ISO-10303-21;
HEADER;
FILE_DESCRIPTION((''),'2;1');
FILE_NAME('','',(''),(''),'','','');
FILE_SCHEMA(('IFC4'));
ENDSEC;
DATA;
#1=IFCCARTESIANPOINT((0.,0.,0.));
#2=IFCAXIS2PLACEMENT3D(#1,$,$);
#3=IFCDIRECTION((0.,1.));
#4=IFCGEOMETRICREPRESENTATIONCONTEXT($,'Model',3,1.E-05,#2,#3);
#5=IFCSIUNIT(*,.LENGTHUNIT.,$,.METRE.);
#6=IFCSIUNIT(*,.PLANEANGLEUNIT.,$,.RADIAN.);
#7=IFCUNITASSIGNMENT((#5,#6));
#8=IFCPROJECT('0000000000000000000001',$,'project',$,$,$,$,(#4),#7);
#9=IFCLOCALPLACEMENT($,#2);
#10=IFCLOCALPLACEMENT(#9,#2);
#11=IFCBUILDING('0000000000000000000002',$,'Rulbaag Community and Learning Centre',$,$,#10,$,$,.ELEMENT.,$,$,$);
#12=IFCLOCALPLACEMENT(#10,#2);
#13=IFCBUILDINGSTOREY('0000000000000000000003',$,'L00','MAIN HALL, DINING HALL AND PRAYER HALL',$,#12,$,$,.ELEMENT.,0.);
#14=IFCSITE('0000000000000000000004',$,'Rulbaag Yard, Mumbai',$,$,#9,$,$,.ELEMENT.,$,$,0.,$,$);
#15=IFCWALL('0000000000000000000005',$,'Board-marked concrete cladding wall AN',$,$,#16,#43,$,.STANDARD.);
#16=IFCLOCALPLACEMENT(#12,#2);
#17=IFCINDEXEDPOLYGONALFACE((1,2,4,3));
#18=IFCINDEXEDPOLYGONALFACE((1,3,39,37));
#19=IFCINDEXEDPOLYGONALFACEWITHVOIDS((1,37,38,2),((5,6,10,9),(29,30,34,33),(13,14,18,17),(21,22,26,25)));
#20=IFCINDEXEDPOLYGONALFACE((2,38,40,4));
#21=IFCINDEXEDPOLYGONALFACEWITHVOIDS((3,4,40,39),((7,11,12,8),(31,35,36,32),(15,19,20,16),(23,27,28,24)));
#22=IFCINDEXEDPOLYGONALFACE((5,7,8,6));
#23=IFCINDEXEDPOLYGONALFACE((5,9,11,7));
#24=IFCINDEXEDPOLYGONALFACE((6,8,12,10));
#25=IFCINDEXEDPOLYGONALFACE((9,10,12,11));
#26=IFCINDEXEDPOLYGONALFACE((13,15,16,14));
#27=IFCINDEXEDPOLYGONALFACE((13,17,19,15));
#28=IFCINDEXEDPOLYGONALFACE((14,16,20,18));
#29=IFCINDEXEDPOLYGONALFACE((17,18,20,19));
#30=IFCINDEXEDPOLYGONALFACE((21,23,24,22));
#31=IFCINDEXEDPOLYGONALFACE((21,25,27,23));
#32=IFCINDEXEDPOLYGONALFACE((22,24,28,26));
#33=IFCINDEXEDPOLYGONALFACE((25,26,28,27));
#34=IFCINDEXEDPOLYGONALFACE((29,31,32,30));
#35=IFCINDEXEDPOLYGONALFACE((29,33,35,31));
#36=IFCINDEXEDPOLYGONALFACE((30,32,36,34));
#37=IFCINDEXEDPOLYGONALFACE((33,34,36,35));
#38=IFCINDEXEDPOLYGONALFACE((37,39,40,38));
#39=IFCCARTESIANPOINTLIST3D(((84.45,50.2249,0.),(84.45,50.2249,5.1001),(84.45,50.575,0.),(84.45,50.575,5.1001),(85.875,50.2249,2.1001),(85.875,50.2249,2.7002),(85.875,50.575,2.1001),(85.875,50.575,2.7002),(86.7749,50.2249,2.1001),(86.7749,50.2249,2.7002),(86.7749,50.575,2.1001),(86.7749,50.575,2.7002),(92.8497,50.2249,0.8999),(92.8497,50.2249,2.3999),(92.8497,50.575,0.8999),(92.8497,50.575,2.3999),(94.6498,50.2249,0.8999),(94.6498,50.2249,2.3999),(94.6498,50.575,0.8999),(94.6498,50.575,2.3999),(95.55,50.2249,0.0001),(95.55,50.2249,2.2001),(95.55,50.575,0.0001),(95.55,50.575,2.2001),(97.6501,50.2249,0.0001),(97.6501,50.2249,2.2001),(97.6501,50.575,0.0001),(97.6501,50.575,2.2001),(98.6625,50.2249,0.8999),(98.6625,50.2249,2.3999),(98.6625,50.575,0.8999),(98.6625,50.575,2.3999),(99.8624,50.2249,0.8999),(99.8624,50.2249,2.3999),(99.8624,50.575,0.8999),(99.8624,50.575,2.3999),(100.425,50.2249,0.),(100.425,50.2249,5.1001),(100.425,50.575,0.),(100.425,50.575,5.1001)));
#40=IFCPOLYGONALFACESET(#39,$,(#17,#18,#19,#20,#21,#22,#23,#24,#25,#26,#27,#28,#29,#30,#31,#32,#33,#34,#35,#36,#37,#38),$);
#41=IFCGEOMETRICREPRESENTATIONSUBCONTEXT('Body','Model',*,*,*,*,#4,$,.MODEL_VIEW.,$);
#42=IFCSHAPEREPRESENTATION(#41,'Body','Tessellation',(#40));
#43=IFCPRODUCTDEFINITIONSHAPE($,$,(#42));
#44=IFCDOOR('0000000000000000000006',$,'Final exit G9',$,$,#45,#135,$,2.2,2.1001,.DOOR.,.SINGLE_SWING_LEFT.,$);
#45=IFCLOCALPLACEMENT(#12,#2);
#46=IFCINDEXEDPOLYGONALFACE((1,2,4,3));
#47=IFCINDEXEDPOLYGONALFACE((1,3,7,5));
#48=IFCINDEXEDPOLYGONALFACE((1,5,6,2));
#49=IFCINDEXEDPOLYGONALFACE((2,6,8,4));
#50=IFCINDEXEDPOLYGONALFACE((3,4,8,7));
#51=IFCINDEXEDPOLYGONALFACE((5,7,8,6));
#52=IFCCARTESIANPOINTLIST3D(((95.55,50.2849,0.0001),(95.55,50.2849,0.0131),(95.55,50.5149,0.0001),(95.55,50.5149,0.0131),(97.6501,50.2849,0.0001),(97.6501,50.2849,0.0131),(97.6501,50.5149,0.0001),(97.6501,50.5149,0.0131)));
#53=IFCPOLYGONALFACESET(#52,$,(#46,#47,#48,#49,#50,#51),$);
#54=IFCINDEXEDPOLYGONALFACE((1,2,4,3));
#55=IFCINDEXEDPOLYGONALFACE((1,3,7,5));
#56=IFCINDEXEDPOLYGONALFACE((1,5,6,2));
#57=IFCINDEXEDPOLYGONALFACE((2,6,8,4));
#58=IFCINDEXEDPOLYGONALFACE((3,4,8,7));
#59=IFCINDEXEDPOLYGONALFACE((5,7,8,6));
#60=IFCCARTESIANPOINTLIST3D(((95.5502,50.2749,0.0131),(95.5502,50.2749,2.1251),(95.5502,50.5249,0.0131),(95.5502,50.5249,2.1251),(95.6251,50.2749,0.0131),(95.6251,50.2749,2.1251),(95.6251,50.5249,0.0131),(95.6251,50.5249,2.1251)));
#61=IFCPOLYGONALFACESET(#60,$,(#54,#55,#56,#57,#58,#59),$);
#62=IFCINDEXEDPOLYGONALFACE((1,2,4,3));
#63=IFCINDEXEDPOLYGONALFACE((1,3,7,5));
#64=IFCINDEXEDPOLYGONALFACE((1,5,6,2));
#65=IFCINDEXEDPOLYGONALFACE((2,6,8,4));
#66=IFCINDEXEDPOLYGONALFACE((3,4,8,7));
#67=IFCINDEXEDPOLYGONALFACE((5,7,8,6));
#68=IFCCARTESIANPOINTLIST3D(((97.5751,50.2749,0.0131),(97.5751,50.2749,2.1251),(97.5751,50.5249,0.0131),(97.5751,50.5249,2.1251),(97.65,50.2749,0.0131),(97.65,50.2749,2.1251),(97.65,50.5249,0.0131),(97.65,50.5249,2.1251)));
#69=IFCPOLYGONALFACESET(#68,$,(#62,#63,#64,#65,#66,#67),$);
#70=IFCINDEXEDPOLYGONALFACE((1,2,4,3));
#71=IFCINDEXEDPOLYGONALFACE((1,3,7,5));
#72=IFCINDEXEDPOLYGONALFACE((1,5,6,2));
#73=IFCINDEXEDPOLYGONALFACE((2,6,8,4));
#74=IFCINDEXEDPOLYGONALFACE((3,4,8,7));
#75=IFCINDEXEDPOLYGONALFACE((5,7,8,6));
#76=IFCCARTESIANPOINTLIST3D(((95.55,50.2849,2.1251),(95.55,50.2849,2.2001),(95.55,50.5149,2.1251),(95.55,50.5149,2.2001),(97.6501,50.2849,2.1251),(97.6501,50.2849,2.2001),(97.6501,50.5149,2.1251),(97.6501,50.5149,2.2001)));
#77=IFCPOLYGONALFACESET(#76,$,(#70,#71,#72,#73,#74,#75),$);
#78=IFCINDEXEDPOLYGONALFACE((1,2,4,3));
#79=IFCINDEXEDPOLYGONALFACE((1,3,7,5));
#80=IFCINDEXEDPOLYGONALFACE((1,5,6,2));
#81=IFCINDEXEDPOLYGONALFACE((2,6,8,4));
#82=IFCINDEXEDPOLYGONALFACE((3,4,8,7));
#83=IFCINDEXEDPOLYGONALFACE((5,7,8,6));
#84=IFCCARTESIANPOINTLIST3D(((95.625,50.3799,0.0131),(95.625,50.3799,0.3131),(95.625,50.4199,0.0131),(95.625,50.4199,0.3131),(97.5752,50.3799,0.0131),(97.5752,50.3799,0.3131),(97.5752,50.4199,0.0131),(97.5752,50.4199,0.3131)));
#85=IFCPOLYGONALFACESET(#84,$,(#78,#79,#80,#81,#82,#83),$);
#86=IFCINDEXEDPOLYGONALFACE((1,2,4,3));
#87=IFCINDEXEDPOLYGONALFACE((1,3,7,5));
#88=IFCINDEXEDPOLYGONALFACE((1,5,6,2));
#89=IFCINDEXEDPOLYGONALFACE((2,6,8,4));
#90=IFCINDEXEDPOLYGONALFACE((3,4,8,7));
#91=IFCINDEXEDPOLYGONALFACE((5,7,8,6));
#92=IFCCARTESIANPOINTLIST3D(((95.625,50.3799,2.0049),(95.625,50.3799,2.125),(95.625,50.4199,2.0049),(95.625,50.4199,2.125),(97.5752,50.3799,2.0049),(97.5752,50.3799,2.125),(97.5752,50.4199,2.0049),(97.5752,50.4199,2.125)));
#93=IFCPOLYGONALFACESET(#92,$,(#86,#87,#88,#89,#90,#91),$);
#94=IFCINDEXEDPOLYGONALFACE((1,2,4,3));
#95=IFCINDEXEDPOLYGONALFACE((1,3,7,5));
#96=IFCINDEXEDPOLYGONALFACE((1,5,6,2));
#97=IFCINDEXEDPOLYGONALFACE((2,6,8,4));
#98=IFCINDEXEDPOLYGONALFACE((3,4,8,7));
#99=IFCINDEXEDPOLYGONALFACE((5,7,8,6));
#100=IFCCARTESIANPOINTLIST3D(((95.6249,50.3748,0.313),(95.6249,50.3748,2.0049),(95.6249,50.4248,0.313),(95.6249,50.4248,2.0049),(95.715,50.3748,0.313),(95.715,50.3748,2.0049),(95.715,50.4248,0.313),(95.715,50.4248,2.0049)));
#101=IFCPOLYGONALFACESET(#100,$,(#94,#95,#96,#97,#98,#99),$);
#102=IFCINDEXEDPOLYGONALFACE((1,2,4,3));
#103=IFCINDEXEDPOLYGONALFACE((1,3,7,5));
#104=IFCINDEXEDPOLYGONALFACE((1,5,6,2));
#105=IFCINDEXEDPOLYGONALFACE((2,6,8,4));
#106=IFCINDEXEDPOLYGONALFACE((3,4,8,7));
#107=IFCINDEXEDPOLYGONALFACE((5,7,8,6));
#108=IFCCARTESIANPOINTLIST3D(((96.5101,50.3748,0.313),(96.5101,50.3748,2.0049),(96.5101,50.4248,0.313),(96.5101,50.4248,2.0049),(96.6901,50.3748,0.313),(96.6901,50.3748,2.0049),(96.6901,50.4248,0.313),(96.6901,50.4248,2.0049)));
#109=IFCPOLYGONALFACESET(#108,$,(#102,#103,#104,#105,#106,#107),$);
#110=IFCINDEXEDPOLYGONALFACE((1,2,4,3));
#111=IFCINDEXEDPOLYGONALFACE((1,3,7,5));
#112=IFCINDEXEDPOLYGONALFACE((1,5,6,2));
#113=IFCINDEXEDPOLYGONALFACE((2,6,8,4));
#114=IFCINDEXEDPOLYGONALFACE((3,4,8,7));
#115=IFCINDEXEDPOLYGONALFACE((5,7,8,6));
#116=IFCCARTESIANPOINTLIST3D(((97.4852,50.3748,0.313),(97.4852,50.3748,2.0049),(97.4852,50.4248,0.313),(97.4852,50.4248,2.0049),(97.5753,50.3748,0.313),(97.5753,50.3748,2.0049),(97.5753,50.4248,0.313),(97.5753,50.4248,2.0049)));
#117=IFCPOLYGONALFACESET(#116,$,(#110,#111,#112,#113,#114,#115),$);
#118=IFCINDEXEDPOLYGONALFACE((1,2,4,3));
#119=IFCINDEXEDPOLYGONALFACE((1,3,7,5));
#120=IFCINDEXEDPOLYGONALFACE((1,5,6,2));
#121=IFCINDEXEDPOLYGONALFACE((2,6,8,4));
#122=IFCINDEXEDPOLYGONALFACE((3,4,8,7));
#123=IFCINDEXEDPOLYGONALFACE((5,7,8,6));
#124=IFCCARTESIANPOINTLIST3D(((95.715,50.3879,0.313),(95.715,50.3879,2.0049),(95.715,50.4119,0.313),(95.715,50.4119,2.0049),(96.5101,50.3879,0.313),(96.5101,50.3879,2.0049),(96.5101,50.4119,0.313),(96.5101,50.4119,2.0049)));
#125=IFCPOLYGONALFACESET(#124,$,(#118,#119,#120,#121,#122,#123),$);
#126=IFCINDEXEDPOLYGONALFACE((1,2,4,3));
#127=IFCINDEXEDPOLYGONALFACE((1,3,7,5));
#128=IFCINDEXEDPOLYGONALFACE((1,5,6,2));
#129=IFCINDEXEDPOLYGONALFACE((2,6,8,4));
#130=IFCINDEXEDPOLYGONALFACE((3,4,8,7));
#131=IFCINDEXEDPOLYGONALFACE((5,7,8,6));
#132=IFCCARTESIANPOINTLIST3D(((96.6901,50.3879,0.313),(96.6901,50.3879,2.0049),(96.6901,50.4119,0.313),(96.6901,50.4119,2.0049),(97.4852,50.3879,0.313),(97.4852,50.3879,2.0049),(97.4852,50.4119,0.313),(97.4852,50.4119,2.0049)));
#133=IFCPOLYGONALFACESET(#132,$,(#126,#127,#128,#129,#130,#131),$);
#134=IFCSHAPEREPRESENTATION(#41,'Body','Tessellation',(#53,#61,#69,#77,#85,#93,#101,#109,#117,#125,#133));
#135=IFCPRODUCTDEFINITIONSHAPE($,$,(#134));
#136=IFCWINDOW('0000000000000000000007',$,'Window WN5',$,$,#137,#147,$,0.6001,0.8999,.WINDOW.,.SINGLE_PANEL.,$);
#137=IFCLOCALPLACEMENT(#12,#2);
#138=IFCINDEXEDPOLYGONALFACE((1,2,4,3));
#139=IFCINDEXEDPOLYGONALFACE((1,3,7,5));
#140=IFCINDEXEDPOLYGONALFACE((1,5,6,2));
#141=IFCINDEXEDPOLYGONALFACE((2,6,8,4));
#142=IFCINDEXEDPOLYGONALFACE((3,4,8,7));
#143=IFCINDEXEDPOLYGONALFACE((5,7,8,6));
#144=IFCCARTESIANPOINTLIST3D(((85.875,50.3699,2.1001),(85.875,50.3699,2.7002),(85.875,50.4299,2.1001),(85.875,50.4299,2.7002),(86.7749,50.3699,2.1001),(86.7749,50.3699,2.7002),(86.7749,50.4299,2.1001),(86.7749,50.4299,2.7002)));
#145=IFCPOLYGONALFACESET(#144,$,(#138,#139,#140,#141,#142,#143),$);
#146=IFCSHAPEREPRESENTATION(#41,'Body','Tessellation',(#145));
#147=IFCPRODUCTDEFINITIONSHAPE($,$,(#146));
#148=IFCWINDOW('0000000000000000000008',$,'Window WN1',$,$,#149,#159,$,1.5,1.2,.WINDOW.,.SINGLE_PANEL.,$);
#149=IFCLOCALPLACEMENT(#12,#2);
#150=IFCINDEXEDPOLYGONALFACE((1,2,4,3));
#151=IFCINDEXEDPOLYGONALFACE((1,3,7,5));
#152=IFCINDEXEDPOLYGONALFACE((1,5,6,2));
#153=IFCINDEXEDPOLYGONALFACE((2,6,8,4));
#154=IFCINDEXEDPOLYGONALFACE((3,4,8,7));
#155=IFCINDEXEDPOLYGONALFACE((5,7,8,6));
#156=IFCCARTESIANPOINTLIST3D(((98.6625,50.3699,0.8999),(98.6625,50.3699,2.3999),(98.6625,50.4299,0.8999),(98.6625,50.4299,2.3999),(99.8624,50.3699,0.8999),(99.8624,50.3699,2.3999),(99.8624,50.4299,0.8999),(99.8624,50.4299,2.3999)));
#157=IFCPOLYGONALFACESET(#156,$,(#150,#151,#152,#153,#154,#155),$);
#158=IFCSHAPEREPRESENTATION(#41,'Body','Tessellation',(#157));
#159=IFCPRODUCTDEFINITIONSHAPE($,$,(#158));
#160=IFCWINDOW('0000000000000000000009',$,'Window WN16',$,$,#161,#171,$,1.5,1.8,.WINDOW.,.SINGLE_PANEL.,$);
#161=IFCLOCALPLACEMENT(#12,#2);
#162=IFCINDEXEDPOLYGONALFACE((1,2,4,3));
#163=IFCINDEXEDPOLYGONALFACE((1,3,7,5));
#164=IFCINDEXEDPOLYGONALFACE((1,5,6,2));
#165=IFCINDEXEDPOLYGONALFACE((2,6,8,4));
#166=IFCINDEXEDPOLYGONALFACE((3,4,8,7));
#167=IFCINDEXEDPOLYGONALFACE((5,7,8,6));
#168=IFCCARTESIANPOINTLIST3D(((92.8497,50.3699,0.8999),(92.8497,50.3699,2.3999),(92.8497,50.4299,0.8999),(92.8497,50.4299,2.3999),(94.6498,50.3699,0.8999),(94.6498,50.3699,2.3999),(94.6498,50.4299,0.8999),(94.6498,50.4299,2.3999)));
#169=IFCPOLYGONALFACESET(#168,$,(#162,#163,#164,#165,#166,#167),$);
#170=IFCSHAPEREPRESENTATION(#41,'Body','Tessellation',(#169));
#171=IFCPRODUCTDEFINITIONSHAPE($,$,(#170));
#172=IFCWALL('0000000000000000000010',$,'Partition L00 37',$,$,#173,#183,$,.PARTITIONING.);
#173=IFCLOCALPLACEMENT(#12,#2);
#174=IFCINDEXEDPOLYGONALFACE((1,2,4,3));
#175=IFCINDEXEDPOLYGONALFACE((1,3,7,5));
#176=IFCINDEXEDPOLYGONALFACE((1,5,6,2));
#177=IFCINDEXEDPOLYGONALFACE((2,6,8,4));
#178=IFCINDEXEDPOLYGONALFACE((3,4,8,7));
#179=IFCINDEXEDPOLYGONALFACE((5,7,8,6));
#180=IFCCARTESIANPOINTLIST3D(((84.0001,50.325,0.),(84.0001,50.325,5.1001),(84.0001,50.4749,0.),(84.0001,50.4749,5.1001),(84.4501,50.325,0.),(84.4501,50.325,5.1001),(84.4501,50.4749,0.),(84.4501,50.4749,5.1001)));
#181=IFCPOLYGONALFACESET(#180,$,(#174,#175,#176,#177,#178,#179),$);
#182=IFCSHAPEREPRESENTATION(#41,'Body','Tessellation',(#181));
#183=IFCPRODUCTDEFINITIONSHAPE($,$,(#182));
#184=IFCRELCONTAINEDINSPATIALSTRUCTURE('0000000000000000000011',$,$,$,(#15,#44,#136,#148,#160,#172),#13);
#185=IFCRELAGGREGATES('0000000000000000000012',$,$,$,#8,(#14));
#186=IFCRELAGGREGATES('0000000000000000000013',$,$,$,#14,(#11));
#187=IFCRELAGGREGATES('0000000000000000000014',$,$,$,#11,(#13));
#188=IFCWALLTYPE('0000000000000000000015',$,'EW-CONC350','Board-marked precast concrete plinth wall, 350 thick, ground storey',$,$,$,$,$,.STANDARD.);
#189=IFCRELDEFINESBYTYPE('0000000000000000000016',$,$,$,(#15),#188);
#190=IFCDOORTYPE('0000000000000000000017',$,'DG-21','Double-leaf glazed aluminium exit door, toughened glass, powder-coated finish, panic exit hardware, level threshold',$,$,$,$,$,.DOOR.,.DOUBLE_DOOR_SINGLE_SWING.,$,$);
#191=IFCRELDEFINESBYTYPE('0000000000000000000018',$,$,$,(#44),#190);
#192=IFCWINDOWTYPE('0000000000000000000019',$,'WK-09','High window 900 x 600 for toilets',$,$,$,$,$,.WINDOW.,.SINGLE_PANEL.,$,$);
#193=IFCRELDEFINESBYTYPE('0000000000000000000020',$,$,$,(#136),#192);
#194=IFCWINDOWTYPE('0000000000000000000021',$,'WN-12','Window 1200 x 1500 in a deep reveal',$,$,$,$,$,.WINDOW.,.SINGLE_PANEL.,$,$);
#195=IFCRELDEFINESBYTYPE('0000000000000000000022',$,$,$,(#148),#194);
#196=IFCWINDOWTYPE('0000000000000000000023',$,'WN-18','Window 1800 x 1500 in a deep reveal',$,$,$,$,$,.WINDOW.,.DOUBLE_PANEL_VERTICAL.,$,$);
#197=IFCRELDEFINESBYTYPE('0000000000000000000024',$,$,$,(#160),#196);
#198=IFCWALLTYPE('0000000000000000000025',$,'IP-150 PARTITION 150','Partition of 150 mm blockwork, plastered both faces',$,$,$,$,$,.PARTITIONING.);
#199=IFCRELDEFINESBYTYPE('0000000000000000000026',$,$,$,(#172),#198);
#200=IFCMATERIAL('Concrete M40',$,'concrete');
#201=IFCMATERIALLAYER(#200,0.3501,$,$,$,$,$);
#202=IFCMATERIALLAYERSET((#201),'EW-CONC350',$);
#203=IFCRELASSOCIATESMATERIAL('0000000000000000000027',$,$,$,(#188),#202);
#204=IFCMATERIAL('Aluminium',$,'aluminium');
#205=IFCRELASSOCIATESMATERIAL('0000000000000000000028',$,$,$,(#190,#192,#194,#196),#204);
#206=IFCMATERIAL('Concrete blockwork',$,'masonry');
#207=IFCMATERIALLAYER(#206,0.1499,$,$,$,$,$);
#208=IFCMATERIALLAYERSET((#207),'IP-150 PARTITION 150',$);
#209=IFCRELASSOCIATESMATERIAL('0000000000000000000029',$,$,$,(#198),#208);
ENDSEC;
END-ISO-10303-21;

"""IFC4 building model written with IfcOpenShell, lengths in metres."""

from ifc_helpers import new_model, si_unit, direction, frame, frame_2d, origin, place, context, subcontext, project, spatial, rectangle, extrude, material, layer, layer_set, type_object, element, fill, save


model = new_model("IFC4")

# Units and contexts
model_context = context("Model", 3, precision=1e-05, world=origin(), true_north=direction((0.0, 1.0)))
body_context = subcontext(model_context, "Body", "Model", "MODEL_VIEW")
ifc_project = project(units=[si_unit("LENGTHUNIT", "METRE"), si_unit("PLANEANGLEUNIT", "RADIAN")], contexts=[model_context])

# Site, building, storey
site_placement = place(None, origin())
site = spatial("IfcSite", under=ifc_project, at=site_placement, Name="Rulbaag Yard, Mumbai", CompositionType="ELEMENT", RefElevation=0.0)
building_placement = place(site_placement, origin())
building = spatial("IfcBuilding", under=site, at=building_placement, Name="Rulbaag Community and Learning Centre", CompositionType="ELEMENT")
storey_placement = place(building_placement, origin())
storey = spatial("IfcBuildingStorey", under=building, at=storey_placement, Name="L00", Description="MAIN HALL, DINING HALL AND PRAYER HALL", CompositionType="ELEMENT", Elevation=0.0)

# Shared definitions
ifc_material_1 = material(Name="Concrete M40", Category="concrete")

# Wall, openings, door, windows
ifc_layer_1 = layer(ifc_material_1, 0.3501)
ifc_layer_set_1 = layer_set([ifc_layer_1], Name="EW-CONC350")
wall_type_1 = type_object("IfcWallType", Name="EW-CONC350", Description="Board-marked precast concrete plinth wall, 350 thick, ground storey", PredefinedType="STANDARD", material=ifc_layer_set_1)
wall_1_placement = place(storey_placement, frame((84.45, 50.3999, 0.0), z_axis=(0.0, 0.0, 1.0), x_axis=(1.0, 0.0, 0.0)))
wall_1 = element("IfcWall", 1, at=wall_1_placement, inside=storey, type_object=wall_type_1, Name="Board-marked concrete cladding wall AN", PredefinedType="STANDARD", context=body_context, shape_type="SweptSolid", body=[
    extrude(rectangle(XDim=15.9751, YDim=0.3501, at=frame_2d((7.9875, 0.0))), origin(), (0.0, 0.0, 1.0), 5.1001),
])
opening_1_placement = place(wall_1_placement, frame((11.1001, 0.0, 0.0)))
opening_1 = element("IfcOpeningElement", 2, at=opening_1_placement, cuts=wall_1, PredefinedType="OPENING", context=body_context, shape_type="SweptSolid", body=[
    extrude(rectangle(XDim=2.1001, YDim=2.2, at=frame_2d((1.05, 1.1001))), frame((0.0, 0.1851, 0.0), z_axis=(0.0, -1.0, 0.0), x_axis=(1.0, 0.0, 0.0)), (0.0, 0.0, 1.0), 0.3701),
])
opening_2_placement = place(wall_1_placement, frame((1.425, 0.0, 2.1001)))
opening_2 = element("IfcOpeningElement", 3, at=opening_2_placement, cuts=wall_1, PredefinedType="OPENING", context=body_context, shape_type="SweptSolid", body=[
    extrude(rectangle(XDim=0.8999, YDim=0.6001, at=frame_2d((0.45, 0.3))), frame((0.0, 0.1851, 0.0), z_axis=(0.0, -1.0, 0.0), x_axis=(1.0, 0.0, 0.0)), (0.0, 0.0, 1.0), 0.3701),
])
opening_3_placement = place(wall_1_placement, frame((8.3999, 0.0, 0.8999)))
opening_3 = element("IfcOpeningElement", 4, at=opening_3_placement, cuts=wall_1, PredefinedType="OPENING", context=body_context, shape_type="SweptSolid", body=[
    extrude(rectangle(XDim=1.8, YDim=1.5, at=frame_2d((0.8999, 0.75))), frame((0.0, 0.1851, 0.0), z_axis=(0.0, -1.0, 0.0), x_axis=(1.0, 0.0, 0.0)), (0.0, 0.0, 1.0), 0.3701),
])
opening_4_placement = place(wall_1_placement, frame((14.2124, 0.0, 0.8999)))
opening_4 = element("IfcOpeningElement", 5, at=opening_4_placement, cuts=wall_1, PredefinedType="OPENING", context=body_context, shape_type="SweptSolid", body=[
    extrude(rectangle(XDim=1.2, YDim=1.5, at=frame_2d((0.6001, 0.75))), frame((0.0, 0.1851, 0.0), z_axis=(0.0, -1.0, 0.0), x_axis=(1.0, 0.0, 0.0)), (0.0, 0.0, 1.0), 0.3701),
])
ifc_material_2 = material(Name="Aluminium", Category="aluminium")
door_type = type_object("IfcDoorType", Name="DG-21", Description="Double-leaf glazed aluminium exit door, toughened glass, powder-coated finish, panic exit hardware, level threshold", OperationType="DOUBLE_DOOR_SINGLE_SWING", PredefinedType="DOOR", material=ifc_material_2)
door_placement = place(opening_1_placement, origin())
door = element("IfcDoor", 6, at=door_placement, inside=storey, type_object=door_type, Name="Final exit G9", OperationType="SINGLE_SWING_LEFT", OverallHeight=2.2, OverallWidth=2.1001, PredefinedType="DOOR", context=body_context, shape_type="SweptSolid", body=[
    extrude(rectangle(XDim=2.1001, YDim=0.0129, at=frame_2d((1.05, 0.0066))), frame((0.0, 0.115, 0.0), z_axis=(0.0, -1.0, 0.0), x_axis=(1.0, 0.0, 0.0)), (0.0, 0.0, 1.0), 0.23),
    extrude(rectangle(XDim=0.075, YDim=2.1121, at=frame_2d((0.0376, 1.0691))), frame((0.0, 0.125, 0.0), z_axis=(0.0, -1.0, 0.0), x_axis=(1.0, 0.0, 0.0)), (0.0, 0.0, 1.0), 0.25),
    extrude(rectangle(XDim=0.075, YDim=2.1121, at=frame_2d((2.0625, 1.0691))), frame((0.0, 0.125, 0.0), z_axis=(0.0, -1.0, 0.0), x_axis=(1.0, 0.0, 0.0)), (0.0, 0.0, 1.0), 0.25),
    extrude(rectangle(XDim=2.1001, YDim=0.075, at=frame_2d((1.05, 2.1626))), frame((0.0, 0.115, 0.0), z_axis=(0.0, -1.0, 0.0), x_axis=(1.0, 0.0, 0.0)), (0.0, 0.0, 1.0), 0.23),
    extrude(rectangle(XDim=1.9502, YDim=0.3, at=frame_2d((1.05, 0.1631))), frame((0.0, 0.02, 0.0), z_axis=(0.0, -1.0, 0.0), x_axis=(1.0, 0.0, 0.0)), (0.0, 0.0, 1.0), 0.04),
    extrude(rectangle(XDim=1.9502, YDim=0.1201, at=frame_2d((1.05, 2.0649))), frame((0.0, 0.02, 0.0), z_axis=(0.0, -1.0, 0.0), x_axis=(1.0, 0.0, 0.0)), (0.0, 0.0, 1.0), 0.04),
    extrude(rectangle(XDim=0.0901, YDim=1.6919, at=frame_2d((0.1199, 1.1589))), frame((0.0, 0.0249, 0.0), z_axis=(0.0, -1.0, 0.0), x_axis=(1.0, 0.0, 0.0)), (0.0, 0.0, 1.0), 0.05),
    extrude(rectangle(XDim=0.1799, YDim=1.6919, at=frame_2d((1.05, 1.1589))), frame((0.0, 0.0249, 0.0), z_axis=(0.0, -1.0, 0.0), x_axis=(1.0, 0.0, 0.0)), (0.0, 0.0, 1.0), 0.05),
    extrude(rectangle(XDim=0.0901, YDim=1.6919, at=frame_2d((1.9802, 1.1589))), frame((0.0, 0.0249, 0.0), z_axis=(0.0, -1.0, 0.0), x_axis=(1.0, 0.0, 0.0)), (0.0, 0.0, 1.0), 0.05),
    extrude(rectangle(XDim=0.7952, YDim=1.6919, at=frame_2d((0.5625, 1.1589))), frame((0.0, 0.012, 0.0), z_axis=(0.0, -1.0, 0.0), x_axis=(1.0, 0.0, 0.0)), (0.0, 0.0, 1.0), 0.0239),
    extrude(rectangle(XDim=0.7952, YDim=1.6919, at=frame_2d((1.5376, 1.1589))), frame((0.0, 0.012, 0.0), z_axis=(0.0, -1.0, 0.0), x_axis=(1.0, 0.0, 0.0)), (0.0, 0.0, 1.0), 0.0239),
])
fill(opening_1, door)
window_type_1 = type_object("IfcWindowType", Name="WK-09", Description="High window 900 x 600 for toilets", PartitioningType="SINGLE_PANEL", PredefinedType="WINDOW", material=ifc_material_2)
window_1_placement = place(opening_2_placement, origin())
window_1 = element("IfcWindow", 7, at=window_1_placement, inside=storey, type_object=window_type_1, Name="Window WN5", OverallHeight=0.6001, OverallWidth=0.8999, PartitioningType="SINGLE_PANEL", PredefinedType="WINDOW", context=body_context, shape_type="SweptSolid", body=[
    extrude(rectangle(XDim=0.8999, YDim=0.6001, at=frame_2d((0.45, 0.3))), frame((0.0, 0.03, 0.0), z_axis=(0.0, -1.0, 0.0), x_axis=(1.0, 0.0, 0.0)), (0.0, 0.0, 1.0), 0.0601),
])
fill(opening_2, window_1)
window_type_2 = type_object("IfcWindowType", Name="WN-12", Description="Window 1200 x 1500 in a deep reveal", PartitioningType="SINGLE_PANEL", PredefinedType="WINDOW", material=ifc_material_2)
window_2_placement = place(opening_4_placement, origin())
window_2 = element("IfcWindow", 8, at=window_2_placement, inside=storey, type_object=window_type_2, Name="Window WN1", OverallHeight=1.5, OverallWidth=1.2, PartitioningType="SINGLE_PANEL", PredefinedType="WINDOW", context=body_context, shape_type="SweptSolid", body=[
    extrude(rectangle(XDim=1.2, YDim=1.5, at=frame_2d((0.6001, 0.75))), frame((0.0, 0.03, 0.0), z_axis=(0.0, -1.0, 0.0), x_axis=(1.0, 0.0, 0.0)), (0.0, 0.0, 1.0), 0.0601),
])
fill(opening_4, window_2)
window_type_3 = type_object("IfcWindowType", Name="WN-18", Description="Window 1800 x 1500 in a deep reveal", PartitioningType="DOUBLE_PANEL_VERTICAL", PredefinedType="WINDOW", material=ifc_material_2)
window_3_placement = place(opening_3_placement, origin())
window_3 = element("IfcWindow", 9, at=window_3_placement, inside=storey, type_object=window_type_3, Name="Window WN16", OverallHeight=1.5, OverallWidth=1.8, PartitioningType="SINGLE_PANEL", PredefinedType="WINDOW", context=body_context, shape_type="SweptSolid", body=[
    extrude(rectangle(XDim=1.8, YDim=1.5, at=frame_2d((0.8999, 0.75))), frame((0.0, 0.03, 0.0), z_axis=(0.0, -1.0, 0.0), x_axis=(1.0, 0.0, 0.0)), (0.0, 0.0, 1.0), 0.0601),
])
fill(opening_3, window_3)

# Wall
ifc_material_3 = material(Name="Concrete blockwork", Category="masonry")
ifc_layer_2 = layer(ifc_material_3, 0.1499)
ifc_layer_set_2 = layer_set([ifc_layer_2], Name="IP-150 PARTITION 150")
wall_type_2 = type_object("IfcWallType", Name="IP-150 PARTITION 150", Description="Partition of 150 mm blockwork, plastered both faces", PredefinedType="PARTITIONING", material=ifc_layer_set_2)
wall_2_placement = place(storey_placement, frame((84.0, 50.3999, 0.0), z_axis=(0.0, 0.0, 1.0), x_axis=(1.0, 0.0, 0.0)))
element("IfcWall", 10, at=wall_2_placement, inside=storey, type_object=wall_type_2, Name="Partition L00 37", PredefinedType="PARTITIONING", context=body_context, shape_type="SweptSolid", body=[
    extrude(rectangle(XDim=0.45, YDim=0.1499, at=frame_2d((0.2251, 0.0))), origin(), (0.0, 0.0, 1.0), 5.1001),
])

save(model, "model.ifc")
